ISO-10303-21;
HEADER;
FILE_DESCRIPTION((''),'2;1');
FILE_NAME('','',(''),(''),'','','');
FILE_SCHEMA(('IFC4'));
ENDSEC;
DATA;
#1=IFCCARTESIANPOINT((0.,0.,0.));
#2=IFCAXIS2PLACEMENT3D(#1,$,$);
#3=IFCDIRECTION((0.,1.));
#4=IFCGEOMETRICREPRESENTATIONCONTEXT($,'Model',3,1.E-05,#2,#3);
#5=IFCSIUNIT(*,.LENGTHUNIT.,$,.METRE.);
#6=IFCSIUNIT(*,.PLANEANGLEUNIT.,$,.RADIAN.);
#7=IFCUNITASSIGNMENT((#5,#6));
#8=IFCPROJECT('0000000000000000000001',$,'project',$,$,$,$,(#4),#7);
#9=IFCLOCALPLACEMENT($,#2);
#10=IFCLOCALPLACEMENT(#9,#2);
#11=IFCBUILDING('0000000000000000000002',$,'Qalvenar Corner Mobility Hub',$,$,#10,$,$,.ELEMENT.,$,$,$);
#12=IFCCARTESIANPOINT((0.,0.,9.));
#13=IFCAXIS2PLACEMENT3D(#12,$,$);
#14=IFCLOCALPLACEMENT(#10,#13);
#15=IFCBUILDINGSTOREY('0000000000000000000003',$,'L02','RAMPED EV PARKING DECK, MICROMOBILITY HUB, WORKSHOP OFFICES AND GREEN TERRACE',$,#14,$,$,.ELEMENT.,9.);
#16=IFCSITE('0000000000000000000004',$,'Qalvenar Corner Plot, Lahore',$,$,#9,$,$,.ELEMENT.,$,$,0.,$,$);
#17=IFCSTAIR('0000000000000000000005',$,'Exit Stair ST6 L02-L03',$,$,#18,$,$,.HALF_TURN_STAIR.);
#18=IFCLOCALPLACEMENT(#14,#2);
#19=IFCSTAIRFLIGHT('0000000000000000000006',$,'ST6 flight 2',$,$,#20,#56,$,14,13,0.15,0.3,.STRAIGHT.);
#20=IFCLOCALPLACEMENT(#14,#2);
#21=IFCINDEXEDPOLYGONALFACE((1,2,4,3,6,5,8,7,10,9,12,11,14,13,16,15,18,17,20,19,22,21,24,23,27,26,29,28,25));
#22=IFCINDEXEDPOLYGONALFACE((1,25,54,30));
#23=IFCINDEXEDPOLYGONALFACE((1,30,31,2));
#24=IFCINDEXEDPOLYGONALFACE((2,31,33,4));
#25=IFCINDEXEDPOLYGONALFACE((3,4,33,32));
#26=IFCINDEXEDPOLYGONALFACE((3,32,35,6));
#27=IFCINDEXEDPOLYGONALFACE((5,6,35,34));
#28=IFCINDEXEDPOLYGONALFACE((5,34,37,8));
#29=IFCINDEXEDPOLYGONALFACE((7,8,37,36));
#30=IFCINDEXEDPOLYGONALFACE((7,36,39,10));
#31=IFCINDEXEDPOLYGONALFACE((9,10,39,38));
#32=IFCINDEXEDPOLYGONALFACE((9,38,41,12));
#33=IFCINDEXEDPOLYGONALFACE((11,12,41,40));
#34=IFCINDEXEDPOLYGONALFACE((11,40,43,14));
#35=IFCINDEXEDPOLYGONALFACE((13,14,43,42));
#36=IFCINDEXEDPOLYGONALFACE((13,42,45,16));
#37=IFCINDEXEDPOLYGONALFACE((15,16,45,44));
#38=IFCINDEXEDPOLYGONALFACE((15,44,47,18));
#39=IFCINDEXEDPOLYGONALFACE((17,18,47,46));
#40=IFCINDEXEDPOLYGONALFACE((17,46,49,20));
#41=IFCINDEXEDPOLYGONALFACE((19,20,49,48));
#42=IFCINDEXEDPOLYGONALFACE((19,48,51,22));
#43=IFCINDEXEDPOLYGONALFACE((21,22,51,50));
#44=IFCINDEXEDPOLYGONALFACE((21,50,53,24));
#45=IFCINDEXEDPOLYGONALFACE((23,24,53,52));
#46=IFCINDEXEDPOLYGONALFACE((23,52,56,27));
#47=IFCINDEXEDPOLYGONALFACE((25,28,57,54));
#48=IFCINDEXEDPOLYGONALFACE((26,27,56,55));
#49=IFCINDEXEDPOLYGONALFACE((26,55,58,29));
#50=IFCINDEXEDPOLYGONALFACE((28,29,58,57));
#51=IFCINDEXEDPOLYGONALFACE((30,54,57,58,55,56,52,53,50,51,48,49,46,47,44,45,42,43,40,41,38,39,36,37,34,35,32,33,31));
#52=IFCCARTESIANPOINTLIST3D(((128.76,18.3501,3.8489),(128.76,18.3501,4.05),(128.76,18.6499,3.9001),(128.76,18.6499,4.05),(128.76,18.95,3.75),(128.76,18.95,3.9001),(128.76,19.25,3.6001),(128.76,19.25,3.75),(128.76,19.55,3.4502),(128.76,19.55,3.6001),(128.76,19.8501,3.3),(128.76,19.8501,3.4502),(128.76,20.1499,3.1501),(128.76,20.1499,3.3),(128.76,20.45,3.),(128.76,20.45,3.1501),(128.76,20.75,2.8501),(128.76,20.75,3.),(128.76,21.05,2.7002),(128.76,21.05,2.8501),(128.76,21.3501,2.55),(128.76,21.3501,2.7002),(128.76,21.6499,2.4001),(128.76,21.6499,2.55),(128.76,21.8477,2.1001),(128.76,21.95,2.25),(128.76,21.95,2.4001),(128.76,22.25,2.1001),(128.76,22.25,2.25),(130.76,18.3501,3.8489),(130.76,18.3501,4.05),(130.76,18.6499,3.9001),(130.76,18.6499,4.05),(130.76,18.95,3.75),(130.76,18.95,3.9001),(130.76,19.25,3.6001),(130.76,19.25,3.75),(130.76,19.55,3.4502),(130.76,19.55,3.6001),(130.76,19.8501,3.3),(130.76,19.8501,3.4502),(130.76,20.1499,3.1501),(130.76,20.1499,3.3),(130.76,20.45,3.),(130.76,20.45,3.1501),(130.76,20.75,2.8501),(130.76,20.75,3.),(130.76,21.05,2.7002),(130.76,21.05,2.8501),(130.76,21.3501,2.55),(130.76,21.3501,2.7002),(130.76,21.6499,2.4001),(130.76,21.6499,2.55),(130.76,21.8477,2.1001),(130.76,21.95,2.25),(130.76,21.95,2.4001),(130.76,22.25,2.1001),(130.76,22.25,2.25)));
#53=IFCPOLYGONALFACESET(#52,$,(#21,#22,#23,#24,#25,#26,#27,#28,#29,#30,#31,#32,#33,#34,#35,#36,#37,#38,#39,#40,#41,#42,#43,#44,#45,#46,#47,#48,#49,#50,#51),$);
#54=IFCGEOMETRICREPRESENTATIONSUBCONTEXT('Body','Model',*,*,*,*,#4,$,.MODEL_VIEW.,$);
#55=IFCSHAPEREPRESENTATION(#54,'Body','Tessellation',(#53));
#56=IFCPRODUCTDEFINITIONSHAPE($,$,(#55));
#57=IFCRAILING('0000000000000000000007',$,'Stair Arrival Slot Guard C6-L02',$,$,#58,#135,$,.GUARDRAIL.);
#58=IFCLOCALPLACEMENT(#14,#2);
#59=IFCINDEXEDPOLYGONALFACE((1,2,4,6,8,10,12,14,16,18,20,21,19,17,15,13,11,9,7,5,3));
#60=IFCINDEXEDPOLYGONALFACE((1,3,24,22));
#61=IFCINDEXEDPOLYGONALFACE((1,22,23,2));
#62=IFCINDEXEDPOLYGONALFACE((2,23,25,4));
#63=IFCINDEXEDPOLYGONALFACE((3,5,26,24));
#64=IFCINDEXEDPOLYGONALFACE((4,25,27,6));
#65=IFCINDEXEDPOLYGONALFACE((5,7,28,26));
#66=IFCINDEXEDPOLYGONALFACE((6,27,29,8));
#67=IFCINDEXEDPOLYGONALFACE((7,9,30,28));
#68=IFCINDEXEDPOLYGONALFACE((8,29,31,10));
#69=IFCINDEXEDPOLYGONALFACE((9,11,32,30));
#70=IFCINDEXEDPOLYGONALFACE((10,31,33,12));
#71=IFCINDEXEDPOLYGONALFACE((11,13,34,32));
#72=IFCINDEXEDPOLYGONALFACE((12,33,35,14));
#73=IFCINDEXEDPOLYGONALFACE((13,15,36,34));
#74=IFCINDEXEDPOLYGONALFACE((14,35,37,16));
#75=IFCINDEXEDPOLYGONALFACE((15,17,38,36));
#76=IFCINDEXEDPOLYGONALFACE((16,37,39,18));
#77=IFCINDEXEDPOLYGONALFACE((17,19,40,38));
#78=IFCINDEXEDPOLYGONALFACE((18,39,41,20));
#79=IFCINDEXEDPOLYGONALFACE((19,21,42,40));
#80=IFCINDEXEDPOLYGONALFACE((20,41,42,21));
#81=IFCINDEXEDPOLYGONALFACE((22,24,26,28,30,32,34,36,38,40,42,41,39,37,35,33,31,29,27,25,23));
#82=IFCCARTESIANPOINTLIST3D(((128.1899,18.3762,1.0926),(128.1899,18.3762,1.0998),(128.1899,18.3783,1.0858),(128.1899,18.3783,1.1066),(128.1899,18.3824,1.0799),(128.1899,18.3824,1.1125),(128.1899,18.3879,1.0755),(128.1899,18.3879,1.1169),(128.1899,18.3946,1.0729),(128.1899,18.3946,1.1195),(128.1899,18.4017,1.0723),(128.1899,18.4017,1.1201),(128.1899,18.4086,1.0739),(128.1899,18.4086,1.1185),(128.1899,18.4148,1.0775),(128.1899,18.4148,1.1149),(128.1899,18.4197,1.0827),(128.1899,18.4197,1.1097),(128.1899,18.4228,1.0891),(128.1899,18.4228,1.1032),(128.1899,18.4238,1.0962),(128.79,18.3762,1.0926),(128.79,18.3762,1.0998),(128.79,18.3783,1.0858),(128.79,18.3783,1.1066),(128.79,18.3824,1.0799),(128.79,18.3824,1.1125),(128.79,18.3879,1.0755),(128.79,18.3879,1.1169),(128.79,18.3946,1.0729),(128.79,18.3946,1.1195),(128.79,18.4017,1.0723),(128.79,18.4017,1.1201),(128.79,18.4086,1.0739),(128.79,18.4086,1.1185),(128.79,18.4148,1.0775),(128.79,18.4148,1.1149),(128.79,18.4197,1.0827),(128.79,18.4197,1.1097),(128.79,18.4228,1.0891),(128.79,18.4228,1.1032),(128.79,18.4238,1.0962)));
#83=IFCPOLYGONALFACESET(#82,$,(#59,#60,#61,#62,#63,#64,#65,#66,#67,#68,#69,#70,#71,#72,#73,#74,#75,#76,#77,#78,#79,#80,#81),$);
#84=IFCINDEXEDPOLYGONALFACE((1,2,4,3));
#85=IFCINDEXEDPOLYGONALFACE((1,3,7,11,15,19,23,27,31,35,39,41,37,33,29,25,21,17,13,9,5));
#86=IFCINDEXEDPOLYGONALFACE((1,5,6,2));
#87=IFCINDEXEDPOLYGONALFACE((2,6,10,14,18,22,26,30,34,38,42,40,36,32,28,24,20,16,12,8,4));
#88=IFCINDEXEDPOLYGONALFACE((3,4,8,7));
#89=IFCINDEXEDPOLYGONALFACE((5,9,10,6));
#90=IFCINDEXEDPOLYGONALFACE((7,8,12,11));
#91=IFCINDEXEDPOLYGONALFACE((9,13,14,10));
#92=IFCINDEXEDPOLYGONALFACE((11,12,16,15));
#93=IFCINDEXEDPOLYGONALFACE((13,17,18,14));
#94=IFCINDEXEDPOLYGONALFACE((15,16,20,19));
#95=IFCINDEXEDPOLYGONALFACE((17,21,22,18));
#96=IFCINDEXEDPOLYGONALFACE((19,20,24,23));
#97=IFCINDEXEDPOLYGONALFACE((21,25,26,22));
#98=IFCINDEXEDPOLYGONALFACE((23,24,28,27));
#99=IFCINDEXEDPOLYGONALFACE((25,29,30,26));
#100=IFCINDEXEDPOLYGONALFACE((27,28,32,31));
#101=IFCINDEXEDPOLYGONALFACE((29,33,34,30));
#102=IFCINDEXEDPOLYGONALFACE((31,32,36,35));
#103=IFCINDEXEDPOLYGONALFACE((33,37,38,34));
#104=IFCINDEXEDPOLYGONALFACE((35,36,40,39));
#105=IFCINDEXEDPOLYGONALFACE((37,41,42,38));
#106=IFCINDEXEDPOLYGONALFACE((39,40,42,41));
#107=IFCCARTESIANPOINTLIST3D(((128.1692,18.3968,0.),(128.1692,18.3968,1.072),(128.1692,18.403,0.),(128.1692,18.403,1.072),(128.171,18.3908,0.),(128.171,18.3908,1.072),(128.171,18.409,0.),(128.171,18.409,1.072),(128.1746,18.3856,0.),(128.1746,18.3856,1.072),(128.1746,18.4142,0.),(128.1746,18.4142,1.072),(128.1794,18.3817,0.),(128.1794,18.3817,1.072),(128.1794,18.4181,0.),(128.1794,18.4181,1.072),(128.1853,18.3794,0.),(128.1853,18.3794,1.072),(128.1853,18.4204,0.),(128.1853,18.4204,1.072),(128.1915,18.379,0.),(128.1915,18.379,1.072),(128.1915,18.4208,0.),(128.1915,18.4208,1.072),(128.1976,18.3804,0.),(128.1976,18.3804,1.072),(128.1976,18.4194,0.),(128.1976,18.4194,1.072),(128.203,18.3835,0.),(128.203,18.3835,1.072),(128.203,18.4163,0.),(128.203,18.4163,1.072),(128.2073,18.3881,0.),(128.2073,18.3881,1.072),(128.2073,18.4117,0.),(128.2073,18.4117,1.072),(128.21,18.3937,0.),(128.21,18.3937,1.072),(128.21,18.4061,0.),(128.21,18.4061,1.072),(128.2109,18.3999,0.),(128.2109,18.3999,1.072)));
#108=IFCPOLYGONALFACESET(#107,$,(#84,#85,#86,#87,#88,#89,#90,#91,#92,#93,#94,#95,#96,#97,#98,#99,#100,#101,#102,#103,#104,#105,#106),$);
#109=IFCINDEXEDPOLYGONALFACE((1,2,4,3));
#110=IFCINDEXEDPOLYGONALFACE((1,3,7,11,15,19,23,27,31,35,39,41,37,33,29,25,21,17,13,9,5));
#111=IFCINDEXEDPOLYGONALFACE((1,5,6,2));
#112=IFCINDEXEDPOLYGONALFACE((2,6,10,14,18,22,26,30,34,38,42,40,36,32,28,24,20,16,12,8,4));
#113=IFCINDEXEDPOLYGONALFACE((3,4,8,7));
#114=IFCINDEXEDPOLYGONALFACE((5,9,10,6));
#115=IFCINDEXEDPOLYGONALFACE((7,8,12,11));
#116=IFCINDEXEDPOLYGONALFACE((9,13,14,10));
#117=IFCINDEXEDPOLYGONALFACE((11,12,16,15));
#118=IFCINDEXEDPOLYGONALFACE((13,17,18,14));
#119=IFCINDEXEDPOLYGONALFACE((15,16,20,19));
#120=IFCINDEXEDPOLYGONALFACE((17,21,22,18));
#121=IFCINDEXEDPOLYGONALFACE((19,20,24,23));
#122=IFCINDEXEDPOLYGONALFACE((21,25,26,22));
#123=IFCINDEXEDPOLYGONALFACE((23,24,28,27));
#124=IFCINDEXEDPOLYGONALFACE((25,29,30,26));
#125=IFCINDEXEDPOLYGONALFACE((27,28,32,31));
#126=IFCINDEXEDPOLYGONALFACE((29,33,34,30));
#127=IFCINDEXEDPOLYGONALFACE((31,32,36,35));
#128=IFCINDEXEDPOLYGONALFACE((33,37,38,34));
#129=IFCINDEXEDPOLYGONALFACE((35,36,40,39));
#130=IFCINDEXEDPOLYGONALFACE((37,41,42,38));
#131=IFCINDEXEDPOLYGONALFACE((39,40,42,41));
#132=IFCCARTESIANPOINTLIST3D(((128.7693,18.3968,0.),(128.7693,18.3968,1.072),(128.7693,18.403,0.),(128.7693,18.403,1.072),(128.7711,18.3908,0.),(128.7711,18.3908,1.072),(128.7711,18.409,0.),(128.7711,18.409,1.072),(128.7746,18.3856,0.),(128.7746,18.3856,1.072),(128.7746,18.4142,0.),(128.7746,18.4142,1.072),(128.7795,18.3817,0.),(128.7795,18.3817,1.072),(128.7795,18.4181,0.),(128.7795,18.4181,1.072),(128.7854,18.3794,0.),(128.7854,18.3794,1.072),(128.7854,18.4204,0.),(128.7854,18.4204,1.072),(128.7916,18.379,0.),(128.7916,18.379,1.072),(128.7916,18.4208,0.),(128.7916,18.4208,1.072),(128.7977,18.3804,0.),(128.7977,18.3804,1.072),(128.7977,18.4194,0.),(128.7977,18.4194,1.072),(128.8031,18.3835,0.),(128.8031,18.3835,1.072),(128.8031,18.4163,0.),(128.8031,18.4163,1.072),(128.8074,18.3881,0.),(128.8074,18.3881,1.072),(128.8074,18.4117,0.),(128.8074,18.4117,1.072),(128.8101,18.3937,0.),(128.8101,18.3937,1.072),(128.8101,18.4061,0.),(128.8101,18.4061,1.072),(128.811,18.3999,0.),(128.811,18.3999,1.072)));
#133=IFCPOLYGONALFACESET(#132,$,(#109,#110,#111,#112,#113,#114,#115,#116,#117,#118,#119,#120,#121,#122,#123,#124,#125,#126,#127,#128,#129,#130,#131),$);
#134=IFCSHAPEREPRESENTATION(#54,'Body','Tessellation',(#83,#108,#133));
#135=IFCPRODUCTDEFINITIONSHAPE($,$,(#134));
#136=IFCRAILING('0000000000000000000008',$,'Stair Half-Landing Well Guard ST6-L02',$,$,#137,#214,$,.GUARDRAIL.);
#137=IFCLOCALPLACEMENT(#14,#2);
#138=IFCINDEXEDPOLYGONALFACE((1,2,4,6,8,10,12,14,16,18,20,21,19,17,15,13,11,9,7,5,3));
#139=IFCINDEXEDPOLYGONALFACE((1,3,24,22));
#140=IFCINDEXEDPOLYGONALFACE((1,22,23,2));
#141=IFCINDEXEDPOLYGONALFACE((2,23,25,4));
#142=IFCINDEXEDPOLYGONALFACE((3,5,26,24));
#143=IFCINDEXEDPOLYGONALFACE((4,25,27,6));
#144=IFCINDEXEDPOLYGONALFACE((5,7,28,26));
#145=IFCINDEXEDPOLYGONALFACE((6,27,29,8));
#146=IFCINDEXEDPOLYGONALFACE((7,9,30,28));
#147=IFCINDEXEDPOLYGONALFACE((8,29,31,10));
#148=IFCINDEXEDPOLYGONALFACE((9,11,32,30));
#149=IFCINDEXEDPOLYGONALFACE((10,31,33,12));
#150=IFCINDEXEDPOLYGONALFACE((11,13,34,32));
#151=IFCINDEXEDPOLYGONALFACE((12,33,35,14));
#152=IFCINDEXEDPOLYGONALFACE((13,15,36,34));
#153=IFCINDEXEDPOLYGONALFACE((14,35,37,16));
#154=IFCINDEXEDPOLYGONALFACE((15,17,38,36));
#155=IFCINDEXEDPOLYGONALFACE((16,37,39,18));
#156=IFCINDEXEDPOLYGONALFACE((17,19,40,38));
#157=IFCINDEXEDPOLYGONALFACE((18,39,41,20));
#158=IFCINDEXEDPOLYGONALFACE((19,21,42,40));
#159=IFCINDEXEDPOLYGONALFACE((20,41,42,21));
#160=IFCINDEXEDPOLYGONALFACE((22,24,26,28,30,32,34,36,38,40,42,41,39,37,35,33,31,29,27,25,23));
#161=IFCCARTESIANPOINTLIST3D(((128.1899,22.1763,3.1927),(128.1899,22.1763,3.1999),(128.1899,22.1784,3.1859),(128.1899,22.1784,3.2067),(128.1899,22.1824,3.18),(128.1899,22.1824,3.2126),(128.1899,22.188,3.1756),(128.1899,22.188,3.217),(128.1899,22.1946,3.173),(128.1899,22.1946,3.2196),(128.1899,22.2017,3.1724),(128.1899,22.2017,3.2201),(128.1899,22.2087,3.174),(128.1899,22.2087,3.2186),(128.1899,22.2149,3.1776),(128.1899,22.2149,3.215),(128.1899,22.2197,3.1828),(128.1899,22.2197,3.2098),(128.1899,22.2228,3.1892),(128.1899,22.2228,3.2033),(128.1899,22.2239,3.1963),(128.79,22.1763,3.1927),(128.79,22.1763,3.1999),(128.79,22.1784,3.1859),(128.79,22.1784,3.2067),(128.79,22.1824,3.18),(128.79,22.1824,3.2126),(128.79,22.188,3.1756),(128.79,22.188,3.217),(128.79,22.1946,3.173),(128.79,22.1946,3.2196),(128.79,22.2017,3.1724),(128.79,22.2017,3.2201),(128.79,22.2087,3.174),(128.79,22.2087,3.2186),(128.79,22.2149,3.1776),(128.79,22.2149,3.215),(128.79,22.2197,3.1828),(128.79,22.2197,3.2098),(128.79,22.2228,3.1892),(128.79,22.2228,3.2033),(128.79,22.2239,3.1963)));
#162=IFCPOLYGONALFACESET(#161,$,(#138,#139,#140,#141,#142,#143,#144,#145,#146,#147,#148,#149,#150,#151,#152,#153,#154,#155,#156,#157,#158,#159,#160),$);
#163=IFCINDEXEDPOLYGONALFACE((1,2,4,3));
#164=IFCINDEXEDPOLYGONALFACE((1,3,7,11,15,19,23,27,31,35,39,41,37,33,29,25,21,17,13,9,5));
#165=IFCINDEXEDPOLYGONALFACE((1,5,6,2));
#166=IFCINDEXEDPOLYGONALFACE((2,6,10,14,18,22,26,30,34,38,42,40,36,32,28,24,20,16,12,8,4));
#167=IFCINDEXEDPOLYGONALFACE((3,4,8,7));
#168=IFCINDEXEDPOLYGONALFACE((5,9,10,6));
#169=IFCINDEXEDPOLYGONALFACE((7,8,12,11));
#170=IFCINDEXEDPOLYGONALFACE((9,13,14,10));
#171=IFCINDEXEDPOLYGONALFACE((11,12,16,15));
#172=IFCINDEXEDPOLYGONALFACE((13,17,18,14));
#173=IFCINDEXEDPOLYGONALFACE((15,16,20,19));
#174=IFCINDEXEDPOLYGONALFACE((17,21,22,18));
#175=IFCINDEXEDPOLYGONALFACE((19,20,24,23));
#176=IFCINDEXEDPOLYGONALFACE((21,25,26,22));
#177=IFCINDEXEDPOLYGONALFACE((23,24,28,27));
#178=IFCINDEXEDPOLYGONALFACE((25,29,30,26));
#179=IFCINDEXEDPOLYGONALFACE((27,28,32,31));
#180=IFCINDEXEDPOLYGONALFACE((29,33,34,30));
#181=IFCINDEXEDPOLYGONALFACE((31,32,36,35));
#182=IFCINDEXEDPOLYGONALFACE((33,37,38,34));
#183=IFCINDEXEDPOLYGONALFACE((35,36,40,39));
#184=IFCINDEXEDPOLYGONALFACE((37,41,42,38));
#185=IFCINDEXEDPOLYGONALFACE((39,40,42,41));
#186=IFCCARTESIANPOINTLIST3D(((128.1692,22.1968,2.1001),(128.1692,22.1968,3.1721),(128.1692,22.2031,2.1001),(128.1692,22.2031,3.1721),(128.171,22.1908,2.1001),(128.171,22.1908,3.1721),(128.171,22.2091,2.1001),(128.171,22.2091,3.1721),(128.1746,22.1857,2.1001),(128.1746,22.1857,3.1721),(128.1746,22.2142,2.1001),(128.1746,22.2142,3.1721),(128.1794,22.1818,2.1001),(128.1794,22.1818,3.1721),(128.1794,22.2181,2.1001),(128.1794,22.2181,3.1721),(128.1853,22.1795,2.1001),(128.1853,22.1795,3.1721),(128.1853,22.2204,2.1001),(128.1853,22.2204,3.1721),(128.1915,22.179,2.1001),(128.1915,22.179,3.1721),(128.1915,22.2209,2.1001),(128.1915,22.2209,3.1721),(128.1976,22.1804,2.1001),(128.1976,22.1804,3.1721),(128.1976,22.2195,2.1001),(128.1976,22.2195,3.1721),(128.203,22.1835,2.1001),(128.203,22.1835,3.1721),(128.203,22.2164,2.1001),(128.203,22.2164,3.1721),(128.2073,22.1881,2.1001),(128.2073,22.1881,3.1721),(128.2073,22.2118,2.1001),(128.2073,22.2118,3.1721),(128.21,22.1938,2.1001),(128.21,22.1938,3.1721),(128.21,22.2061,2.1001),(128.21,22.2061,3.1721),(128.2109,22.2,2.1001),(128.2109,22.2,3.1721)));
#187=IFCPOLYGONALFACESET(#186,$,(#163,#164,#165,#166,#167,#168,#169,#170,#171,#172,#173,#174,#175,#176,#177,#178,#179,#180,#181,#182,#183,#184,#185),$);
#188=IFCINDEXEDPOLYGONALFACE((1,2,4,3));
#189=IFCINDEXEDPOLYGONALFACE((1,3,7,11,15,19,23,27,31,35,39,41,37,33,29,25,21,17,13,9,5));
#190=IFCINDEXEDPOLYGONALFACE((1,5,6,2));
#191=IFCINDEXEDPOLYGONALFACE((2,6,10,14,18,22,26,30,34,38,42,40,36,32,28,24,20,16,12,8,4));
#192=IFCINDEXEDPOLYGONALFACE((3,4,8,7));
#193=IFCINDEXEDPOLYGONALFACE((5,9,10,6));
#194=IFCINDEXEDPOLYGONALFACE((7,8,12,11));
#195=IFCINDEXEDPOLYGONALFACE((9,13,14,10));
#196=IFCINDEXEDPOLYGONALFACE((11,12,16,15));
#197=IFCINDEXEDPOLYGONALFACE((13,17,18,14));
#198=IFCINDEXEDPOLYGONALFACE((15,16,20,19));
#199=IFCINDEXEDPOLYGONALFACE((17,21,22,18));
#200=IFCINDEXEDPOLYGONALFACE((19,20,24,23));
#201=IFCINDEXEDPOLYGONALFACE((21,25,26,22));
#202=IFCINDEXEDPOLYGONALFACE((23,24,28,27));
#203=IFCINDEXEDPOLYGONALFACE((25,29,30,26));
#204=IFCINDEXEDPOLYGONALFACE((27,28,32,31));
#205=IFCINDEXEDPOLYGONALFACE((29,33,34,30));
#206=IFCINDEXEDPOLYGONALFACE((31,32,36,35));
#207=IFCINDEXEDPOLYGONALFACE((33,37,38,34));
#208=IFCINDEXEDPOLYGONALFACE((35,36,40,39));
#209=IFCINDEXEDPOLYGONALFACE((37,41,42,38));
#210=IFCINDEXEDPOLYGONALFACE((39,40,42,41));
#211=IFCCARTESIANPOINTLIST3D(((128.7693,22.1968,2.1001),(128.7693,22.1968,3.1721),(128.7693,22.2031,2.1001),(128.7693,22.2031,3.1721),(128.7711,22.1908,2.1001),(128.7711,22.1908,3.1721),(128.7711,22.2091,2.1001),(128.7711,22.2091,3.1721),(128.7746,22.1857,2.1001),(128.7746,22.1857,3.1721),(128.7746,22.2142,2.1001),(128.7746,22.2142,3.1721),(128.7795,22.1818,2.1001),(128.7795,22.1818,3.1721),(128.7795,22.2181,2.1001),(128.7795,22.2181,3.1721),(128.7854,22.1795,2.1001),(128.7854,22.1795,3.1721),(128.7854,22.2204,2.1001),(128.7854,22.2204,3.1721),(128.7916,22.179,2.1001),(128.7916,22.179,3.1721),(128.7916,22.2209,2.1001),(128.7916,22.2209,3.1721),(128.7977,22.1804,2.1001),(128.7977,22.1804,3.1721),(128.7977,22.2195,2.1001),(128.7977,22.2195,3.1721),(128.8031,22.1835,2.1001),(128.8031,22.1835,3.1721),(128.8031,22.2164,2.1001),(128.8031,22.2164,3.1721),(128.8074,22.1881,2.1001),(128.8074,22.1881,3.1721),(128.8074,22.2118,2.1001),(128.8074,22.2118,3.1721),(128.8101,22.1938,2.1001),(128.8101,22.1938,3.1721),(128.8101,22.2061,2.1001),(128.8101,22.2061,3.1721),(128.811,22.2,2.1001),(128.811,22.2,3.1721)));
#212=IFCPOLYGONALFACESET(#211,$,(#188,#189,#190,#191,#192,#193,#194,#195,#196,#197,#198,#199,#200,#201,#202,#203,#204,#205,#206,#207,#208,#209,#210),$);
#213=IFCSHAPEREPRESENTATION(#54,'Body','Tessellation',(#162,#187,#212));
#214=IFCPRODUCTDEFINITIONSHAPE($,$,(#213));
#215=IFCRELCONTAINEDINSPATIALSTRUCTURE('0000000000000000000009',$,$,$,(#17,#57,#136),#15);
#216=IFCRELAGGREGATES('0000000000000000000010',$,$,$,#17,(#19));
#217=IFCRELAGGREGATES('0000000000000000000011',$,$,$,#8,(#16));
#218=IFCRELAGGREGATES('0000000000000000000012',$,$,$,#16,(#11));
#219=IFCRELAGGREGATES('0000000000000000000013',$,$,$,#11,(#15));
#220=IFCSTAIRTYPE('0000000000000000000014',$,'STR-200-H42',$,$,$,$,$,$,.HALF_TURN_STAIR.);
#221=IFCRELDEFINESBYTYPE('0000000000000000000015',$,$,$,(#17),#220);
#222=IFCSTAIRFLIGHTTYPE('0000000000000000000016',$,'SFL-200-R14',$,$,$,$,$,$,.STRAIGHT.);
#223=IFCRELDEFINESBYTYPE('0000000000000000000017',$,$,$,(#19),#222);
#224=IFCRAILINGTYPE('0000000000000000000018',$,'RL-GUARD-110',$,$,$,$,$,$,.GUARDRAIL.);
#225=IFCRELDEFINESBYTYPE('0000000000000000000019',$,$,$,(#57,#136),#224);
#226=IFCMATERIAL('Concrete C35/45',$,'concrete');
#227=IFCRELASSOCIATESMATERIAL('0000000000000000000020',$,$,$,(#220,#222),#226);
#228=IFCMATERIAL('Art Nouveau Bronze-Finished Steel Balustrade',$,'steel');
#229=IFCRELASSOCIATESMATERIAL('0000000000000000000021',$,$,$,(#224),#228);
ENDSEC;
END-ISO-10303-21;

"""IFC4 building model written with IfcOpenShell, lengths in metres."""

from ifc_helpers import new_model, si_unit, direction, frame, origin, origin_2d, place, context, subcontext, project, spatial, polyline, circle, outline, extrude, material, type_object, element, aggregate, save


model = new_model("IFC4")

# Units and contexts
model_context = context("Model", 3, precision=1e-05, world=origin(), true_north=direction((0.0, 1.0)))
body_context = subcontext(model_context, "Body", "Model", "MODEL_VIEW")
ifc_project = project(units=[si_unit("LENGTHUNIT", "METRE"), si_unit("PLANEANGLEUNIT", "RADIAN")], contexts=[model_context])

# Site, building, storey
site_placement = place(None, origin())
site = spatial("IfcSite", under=ifc_project, at=site_placement, Name="Qalvenar Corner Plot, Lahore", CompositionType="ELEMENT", RefElevation=0.0)
building_placement = place(site_placement, origin())
building = spatial("IfcBuilding", under=site, at=building_placement, Name="Qalvenar Corner Mobility Hub", CompositionType="ELEMENT")
storey_placement = place(building_placement, frame((0.0, 0.0, 9.0)))
storey = spatial("IfcBuildingStorey", under=building, at=storey_placement, Name="L02", Description="RAMPED EV PARKING DECK, MICROMOBILITY HUB, WORKSHOP OFFICES AND GREEN TERRACE", CompositionType="ELEMENT", Elevation=9.0)

# Stair, stair flight
ifc_material_1 = material(Name="Concrete C35/45", Category="concrete")
stair_type = type_object("IfcStairType", Name="STR-200-H42", PredefinedType="HALF_TURN_STAIR", material=ifc_material_1)
stair_placement = place(storey_placement, origin())
stair = element("IfcStair", 1, at=stair_placement, inside=storey, type_object=stair_type, Name="Exit Stair ST6 L02-L03", PredefinedType="HALF_TURN_STAIR")
stair_flight_type = type_object("IfcStairFlightType", Name="SFL-200-R14", PredefinedType="STRAIGHT", material=ifc_material_1)
stair_flight_1_placement = place(storey_placement, frame((129.76, 22.25, 2.1001), z_axis=(0.0, 0.0, 1.0), x_axis=(0.0, -1.0, 0.0)))
stair_flight_1 = element("IfcStairFlight", 2, at=stair_flight_1_placement, type_object=stair_flight_type, Name="ST6 flight 2", NumberOfRisers=14, NumberOfTreads=13, PredefinedType="STRAIGHT", RiserHeight=0.15, TreadLength=0.3, context=body_context, shape_type="SweptSolid", body=[
    extrude(outline(polyline([(0.0, 0.0), (0.0, 0.1499), (0.3, 0.1499), (0.3, 0.3), (0.6001, 0.3), (0.6001, 0.45), (0.8999, 0.45), (0.8999, 0.6001), (1.2, 0.6001), (1.2, 0.75), (1.5, 0.75), (1.5, 0.8999), (1.8, 0.8999), (1.8, 1.05), (2.1001, 1.05), (2.1001, 1.2), (2.3999, 1.2), (2.3999, 1.3501), (2.7, 1.3501), (2.7, 1.5), (3.0, 1.5), (3.0, 1.6499), (3.3, 1.6499), (3.3, 1.8), (3.6001, 1.8), (3.6001, 1.95), (3.8999, 1.95), (3.8999, 2.1001), (3.8999, 1.7488), (0.4023, 0.0), (0.0, 0.0)])), frame((0.0, 1.0, 0.0), z_axis=(0.0, -1.0, 0.0), x_axis=(1.0, 0.0, 0.0)), (0.0, 0.0, 1.0), 2.0),
])
aggregate(stair, [stair_flight_1])

# Railings
ifc_material_2 = material(Name="Art Nouveau Bronze-Finished Steel Balustrade", Category="steel")
railing_type_1 = type_object("IfcRailingType", Name="RL-GUARD-110", PredefinedType="GUARDRAIL", material=ifc_material_2)
for number, where, name in (
    (3, (128.1899, 18.3999, 0.0), "Stair Arrival Slot Guard C6-L02"),
    (4, (128.1899, 22.2, 2.1001), "Stair Half-Landing Well Guard ST6-L02"),
):
    element("IfcRailing", number, at=place(storey_placement, frame(where)), inside=storey, type_object=railing_type_1, Name=name, PredefinedType="GUARDRAIL", context=body_context, shape_type="SweptSolid", body=[
        extrude(circle(Radius=0.0239, at=origin_2d()), frame((0.0, 0.0, 1.0962), z_axis=(1.0, 0.0, 0.0), x_axis=(0.0, 1.0, 0.0)), (0.0, 0.0, 1.0), 0.6001),
        extrude(circle(Radius=0.021, at=origin_2d()), origin(), (0.0, 0.0, 1.0), 1.072),
        extrude(circle(Radius=0.021, at=origin_2d()), frame((0.6001, 0.0, 0.0)), (0.0, 0.0, 1.0), 1.072),
    ])

save(model, "model.ifc")
